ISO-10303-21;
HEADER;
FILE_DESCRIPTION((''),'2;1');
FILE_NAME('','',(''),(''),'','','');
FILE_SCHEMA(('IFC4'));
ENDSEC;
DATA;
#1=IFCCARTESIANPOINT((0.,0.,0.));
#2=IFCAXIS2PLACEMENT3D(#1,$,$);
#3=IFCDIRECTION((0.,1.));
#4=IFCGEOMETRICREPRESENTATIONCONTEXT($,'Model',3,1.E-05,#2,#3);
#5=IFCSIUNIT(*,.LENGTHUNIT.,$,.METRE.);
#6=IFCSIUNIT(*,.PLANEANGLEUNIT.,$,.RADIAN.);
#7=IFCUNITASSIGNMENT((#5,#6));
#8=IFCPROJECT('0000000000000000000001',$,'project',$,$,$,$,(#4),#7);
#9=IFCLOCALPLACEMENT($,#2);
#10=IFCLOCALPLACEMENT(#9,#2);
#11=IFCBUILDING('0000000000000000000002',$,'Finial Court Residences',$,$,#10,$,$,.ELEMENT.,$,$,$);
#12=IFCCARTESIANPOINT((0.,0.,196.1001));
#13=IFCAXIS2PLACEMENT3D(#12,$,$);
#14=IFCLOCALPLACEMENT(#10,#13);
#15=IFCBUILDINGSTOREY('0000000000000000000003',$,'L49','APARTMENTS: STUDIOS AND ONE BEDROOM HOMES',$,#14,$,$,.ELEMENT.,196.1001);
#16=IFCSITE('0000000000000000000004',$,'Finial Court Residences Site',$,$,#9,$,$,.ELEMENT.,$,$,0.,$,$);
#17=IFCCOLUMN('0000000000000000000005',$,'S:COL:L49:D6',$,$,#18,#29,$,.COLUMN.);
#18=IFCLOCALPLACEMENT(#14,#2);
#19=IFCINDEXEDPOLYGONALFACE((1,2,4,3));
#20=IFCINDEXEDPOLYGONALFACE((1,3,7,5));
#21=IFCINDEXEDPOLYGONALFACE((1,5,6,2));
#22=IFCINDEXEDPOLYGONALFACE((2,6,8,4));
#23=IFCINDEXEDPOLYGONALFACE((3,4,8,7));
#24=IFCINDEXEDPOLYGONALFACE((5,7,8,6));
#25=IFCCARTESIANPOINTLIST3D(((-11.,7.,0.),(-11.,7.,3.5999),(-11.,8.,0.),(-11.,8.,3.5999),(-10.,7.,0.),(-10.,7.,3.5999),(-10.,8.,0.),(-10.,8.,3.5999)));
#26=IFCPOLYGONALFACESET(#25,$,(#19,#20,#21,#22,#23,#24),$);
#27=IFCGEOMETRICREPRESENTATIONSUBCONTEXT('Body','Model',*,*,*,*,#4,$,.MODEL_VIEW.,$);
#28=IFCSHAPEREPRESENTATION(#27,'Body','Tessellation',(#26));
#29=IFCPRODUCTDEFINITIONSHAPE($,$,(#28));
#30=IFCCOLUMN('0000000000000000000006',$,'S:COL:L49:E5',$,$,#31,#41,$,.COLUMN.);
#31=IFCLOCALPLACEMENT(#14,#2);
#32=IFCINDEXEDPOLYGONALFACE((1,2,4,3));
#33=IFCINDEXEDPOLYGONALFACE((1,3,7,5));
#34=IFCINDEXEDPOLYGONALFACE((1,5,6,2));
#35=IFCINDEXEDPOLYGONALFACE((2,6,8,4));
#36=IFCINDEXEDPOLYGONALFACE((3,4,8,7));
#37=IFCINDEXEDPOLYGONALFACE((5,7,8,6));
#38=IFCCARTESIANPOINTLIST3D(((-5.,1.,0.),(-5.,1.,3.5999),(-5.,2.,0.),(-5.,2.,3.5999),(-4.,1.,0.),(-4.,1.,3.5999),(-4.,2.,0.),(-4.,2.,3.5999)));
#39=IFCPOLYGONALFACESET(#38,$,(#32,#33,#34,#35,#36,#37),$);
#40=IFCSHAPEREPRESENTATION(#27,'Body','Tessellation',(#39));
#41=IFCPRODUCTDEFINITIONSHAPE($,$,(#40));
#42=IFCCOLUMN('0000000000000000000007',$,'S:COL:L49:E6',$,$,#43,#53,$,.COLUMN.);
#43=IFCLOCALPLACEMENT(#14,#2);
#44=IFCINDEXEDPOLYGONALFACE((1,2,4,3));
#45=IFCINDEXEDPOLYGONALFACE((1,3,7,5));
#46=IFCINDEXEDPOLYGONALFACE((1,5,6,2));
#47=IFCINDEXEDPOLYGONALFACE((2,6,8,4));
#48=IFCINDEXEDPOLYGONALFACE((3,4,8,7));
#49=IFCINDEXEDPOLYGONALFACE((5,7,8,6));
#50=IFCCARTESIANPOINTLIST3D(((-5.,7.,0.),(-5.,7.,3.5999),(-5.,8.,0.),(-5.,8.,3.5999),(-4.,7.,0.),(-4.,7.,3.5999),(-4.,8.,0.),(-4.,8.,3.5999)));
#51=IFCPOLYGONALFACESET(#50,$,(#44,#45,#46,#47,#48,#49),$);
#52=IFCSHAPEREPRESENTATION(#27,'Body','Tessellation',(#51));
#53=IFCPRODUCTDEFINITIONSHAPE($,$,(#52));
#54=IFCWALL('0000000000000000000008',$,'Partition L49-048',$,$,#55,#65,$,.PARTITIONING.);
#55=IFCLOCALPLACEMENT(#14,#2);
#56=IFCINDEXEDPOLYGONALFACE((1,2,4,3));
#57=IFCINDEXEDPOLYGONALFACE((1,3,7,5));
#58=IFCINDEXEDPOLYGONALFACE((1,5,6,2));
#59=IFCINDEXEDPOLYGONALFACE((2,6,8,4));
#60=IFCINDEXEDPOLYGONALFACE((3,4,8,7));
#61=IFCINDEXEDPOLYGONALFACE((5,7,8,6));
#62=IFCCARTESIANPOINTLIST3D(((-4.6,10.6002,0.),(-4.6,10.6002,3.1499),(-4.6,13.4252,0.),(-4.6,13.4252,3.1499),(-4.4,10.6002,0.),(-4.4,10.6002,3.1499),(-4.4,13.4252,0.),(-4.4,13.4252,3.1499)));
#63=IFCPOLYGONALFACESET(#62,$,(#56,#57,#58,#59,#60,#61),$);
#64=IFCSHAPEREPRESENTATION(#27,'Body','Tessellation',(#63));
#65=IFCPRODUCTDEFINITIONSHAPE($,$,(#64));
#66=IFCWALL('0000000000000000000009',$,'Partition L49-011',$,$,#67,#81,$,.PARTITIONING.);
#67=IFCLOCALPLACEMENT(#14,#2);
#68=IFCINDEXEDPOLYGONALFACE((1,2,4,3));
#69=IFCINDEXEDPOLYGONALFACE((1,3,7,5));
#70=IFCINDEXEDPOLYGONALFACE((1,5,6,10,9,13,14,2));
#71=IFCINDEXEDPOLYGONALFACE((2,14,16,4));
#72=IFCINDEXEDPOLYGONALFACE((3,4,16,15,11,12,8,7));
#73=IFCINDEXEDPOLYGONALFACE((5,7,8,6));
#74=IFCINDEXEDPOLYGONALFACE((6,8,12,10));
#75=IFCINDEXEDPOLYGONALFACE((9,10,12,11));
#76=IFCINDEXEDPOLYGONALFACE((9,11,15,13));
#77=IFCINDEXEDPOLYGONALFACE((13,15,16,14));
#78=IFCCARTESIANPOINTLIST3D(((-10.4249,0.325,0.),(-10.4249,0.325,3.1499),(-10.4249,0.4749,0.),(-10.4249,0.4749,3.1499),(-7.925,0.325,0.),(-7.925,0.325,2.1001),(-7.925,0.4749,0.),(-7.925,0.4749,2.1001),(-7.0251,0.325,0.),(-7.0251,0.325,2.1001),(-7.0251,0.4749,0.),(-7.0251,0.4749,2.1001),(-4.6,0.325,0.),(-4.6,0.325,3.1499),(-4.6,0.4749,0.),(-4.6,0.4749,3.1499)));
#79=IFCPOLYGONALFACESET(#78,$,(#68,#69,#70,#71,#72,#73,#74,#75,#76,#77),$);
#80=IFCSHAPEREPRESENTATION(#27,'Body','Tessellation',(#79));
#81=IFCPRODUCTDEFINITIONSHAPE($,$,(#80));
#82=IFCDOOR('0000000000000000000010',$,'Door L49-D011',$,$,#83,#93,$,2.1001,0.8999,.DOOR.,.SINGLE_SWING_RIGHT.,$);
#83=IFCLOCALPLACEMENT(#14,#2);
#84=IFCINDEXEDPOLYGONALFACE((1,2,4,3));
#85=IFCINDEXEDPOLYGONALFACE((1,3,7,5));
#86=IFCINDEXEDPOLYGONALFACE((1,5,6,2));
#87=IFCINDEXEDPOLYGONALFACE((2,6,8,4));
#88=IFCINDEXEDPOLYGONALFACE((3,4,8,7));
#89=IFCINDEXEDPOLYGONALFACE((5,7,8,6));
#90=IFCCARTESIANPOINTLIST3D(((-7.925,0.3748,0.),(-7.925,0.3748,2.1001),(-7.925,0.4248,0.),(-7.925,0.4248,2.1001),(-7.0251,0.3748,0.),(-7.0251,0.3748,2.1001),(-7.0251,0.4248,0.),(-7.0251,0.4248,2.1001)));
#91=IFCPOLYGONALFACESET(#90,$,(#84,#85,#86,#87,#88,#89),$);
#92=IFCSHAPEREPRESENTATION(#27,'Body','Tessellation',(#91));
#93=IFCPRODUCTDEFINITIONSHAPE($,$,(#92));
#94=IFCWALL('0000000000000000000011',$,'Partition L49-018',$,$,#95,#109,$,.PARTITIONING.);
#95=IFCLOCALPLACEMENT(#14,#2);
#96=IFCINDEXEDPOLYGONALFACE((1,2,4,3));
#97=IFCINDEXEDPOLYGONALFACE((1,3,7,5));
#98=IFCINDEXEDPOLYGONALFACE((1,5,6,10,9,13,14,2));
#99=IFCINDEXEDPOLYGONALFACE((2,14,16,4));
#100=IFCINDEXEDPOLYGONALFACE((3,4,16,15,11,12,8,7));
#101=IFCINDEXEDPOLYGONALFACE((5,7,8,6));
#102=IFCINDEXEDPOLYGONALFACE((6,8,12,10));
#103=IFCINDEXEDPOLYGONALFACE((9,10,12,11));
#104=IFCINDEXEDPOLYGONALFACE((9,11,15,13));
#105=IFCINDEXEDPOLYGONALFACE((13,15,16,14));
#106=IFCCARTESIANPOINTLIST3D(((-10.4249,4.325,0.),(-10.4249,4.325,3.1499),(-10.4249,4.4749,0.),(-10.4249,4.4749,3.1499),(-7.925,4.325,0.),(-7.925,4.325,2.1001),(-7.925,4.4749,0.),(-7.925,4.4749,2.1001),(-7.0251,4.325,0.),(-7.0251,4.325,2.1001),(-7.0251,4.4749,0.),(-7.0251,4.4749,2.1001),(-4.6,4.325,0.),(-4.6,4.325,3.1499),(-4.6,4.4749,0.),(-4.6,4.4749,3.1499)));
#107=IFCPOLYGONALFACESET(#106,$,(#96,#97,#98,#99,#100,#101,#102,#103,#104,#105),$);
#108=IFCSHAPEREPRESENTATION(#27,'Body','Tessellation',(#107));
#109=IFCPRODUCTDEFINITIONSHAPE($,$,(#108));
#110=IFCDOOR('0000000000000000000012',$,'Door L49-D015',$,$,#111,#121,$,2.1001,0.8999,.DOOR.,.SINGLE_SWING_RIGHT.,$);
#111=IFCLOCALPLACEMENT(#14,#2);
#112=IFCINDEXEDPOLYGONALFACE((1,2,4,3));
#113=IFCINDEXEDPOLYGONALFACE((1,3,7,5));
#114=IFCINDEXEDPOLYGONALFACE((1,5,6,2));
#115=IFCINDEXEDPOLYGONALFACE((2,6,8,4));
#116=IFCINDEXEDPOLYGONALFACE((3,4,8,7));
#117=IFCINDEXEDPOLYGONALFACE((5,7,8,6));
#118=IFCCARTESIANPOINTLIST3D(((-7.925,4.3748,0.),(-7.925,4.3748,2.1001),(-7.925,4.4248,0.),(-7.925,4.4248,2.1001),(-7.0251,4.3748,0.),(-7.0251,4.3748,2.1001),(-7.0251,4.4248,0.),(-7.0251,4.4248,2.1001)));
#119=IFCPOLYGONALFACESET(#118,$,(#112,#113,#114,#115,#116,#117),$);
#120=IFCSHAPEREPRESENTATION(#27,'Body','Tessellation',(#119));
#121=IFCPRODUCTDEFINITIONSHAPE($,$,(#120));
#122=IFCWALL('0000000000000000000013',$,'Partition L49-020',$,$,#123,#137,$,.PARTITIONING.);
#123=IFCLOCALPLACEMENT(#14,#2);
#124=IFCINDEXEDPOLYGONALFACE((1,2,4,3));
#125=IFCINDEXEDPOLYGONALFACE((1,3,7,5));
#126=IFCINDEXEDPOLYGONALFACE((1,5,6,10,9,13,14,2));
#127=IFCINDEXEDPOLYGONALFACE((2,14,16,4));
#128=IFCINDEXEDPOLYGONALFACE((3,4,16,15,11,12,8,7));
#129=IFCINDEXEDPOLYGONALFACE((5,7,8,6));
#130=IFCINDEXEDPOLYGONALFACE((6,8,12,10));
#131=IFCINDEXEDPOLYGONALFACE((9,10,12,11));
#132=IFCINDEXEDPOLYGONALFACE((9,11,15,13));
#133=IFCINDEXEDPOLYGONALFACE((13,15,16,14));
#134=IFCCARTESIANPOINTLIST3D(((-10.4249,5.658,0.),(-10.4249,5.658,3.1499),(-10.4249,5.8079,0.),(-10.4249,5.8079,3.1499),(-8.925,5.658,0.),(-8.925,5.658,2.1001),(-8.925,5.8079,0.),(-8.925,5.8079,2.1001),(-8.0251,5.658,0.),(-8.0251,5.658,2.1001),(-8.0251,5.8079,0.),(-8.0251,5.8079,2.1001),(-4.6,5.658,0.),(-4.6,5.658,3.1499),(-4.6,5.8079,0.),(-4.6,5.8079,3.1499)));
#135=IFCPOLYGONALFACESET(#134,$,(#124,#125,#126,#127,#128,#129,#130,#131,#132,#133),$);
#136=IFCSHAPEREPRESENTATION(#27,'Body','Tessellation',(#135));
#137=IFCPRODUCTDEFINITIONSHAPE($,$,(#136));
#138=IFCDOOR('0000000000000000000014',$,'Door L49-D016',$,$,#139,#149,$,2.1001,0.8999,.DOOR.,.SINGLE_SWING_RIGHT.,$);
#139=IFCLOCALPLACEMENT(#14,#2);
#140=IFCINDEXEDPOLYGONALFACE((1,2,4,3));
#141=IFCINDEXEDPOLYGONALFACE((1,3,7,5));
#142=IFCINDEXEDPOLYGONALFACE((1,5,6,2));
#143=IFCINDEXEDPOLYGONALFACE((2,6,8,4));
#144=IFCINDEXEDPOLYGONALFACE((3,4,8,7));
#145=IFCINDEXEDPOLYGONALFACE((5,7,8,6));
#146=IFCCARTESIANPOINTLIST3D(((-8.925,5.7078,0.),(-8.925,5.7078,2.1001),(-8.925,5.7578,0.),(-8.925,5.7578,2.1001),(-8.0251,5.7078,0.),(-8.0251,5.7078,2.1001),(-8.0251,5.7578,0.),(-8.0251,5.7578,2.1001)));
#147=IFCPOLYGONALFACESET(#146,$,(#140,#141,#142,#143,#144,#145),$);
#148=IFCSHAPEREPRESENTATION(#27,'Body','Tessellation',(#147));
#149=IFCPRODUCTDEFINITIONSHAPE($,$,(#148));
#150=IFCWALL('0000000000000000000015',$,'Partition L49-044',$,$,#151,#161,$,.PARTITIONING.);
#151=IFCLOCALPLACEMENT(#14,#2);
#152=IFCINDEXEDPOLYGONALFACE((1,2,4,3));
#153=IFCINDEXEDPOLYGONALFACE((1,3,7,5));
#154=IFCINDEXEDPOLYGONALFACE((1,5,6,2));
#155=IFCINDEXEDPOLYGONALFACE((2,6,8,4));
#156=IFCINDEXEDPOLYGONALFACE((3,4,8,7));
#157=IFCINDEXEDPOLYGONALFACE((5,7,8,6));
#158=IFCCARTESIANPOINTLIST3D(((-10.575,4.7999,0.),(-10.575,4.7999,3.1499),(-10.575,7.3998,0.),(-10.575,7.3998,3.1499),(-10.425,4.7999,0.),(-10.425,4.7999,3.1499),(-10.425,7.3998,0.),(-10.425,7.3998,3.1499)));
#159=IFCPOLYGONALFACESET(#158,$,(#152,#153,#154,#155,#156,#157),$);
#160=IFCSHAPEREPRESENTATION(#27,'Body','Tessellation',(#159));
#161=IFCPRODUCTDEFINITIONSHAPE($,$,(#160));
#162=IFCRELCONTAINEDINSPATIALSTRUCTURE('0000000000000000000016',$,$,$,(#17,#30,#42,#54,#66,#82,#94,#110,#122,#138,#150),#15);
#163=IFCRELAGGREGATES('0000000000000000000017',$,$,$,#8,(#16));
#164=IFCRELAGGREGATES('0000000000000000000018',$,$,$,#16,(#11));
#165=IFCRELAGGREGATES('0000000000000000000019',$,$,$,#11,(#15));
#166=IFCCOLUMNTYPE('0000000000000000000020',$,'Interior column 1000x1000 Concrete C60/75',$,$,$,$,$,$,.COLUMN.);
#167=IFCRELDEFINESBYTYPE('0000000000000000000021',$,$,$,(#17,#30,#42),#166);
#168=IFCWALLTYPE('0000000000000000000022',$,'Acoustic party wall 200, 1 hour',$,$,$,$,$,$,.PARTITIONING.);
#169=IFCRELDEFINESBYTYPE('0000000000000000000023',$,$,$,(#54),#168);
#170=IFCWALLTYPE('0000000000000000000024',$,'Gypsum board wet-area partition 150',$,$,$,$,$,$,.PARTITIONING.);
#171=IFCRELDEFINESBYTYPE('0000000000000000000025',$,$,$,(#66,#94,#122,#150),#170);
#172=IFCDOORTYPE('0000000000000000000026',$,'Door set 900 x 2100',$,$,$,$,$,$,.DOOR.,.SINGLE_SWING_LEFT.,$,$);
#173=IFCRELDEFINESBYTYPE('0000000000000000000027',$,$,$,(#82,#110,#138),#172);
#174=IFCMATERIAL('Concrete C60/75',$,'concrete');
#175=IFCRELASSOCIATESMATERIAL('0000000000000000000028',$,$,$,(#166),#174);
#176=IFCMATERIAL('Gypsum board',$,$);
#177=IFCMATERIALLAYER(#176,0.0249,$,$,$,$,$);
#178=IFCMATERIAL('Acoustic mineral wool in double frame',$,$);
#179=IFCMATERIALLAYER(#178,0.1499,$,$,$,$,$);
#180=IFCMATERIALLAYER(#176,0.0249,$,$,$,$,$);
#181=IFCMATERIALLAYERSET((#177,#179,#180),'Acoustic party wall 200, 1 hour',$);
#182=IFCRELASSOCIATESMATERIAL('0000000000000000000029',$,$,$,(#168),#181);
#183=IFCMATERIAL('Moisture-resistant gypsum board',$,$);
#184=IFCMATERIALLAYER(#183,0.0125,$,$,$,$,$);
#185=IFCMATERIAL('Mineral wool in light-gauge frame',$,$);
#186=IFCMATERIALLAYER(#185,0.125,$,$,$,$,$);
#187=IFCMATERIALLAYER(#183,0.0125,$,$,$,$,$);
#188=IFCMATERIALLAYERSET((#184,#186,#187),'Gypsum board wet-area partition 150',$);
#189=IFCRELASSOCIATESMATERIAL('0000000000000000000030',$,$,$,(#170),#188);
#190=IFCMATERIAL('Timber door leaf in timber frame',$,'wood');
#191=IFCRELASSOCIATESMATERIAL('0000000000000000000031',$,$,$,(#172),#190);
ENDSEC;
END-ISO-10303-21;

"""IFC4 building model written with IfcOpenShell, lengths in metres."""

from ifc_helpers import new_model, si_unit, direction, frame, frame_2d, origin, origin_2d, place, context, subcontext, project, spatial, rectangle, extrude, material, layer, layer_set, material_profile, profile_set, type_object, element, fill, save


model = new_model("IFC4")

# Units and contexts
model_context = context("Model", 3, precision=1e-05, world=origin(), true_north=direction((0.0, 1.0)))
body_context = subcontext(model_context, "Body", "Model", "MODEL_VIEW")
ifc_project = project(units=[si_unit("LENGTHUNIT", "METRE"), si_unit("PLANEANGLEUNIT", "RADIAN")], contexts=[model_context])

# Site, building, storey
site_placement = place(None, origin())
site = spatial("IfcSite", under=ifc_project, at=site_placement, Name="Finial Court Residences Site", CompositionType="ELEMENT", RefElevation=0.0)
building_placement = place(site_placement, origin())
building = spatial("IfcBuilding", under=site, at=building_placement, Name="Finial Court Residences", CompositionType="ELEMENT")
storey_placement = place(building_placement, frame((0.0, 0.0, 196.1001)))
storey = spatial("IfcBuildingStorey", under=building, at=storey_placement, Name="L49", Description="APARTMENTS: STUDIOS AND ONE BEDROOM HOMES", CompositionType="ELEMENT", Elevation=196.1001)

# Columns
ifc_material_1 = material(Name="Concrete C60/75", Category="concrete")
ifc_material_profile = material_profile(ifc_material_1, rectangle(XDim=1.0, YDim=1.0, at=origin_2d()), Name="1000x1000")
ifc_profile_set = profile_set([ifc_material_profile], Name="Concrete C60/75")
column_type = type_object("IfcColumnType", Name="Interior column 1000x1000 Concrete C60/75", PredefinedType="COLUMN", material=ifc_profile_set)
for number, where, z_axis, x_axis, name in (
    (1, (-10.5, 7.5, 0.0), (0.0, 0.0, 1.0), (1.0, 0.0, 0.0), "S:COL:L49:D6"),
    (2, (-4.5, 1.5, 0.0), (0.0, 0.0, 1.0), (1.0, 0.0, 0.0), "S:COL:L49:E5"),
    (3, (-4.5, 7.5, 0.0), (0.0, 0.0, 1.0), (1.0, 0.0, 0.0), "S:COL:L49:E6"),
):
    element("IfcColumn", number, at=place(storey_placement, frame(where, z_axis=z_axis, x_axis=x_axis)), inside=storey, type_object=column_type, Name=name, PredefinedType="COLUMN", context=body_context, shape_type="SweptSolid", body=[
        extrude(rectangle(XDim=1.0, YDim=1.0, at=origin_2d()), origin(), (0.0, 0.0, 1.0), 3.5999),
    ])

# Wall
ifc_material_2 = material(Name="Gypsum board")
ifc_layer_1 = layer(ifc_material_2, 0.0249)
ifc_material_3 = material(Name="Acoustic mineral wool in double frame")
ifc_layer_2 = layer(ifc_material_3, 0.1499)
ifc_layer_3 = layer(ifc_material_2, 0.0249)
ifc_layer_set_1 = layer_set([ifc_layer_1, ifc_layer_2, ifc_layer_3], Name="Acoustic party wall 200, 1 hour")
wall_type_1 = type_object("IfcWallType", Name="Acoustic party wall 200, 1 hour", PredefinedType="PARTITIONING", material=ifc_layer_set_1)
wall_1_placement = place(storey_placement, frame((-4.5, 10.6001, 0.0), z_axis=(0.0, 0.0, 1.0), x_axis=(0.0, 1.0, 0.0)))
element("IfcWall", 4, at=wall_1_placement, inside=storey, type_object=wall_type_1, Name="Partition L49-048", PredefinedType="PARTITIONING", context=body_context, shape_type="SweptSolid", body=[
    extrude(rectangle(XDim=2.825, YDim=0.2, at=frame_2d((1.4126, 0.0))), origin(), (0.0, 0.0, 1.0), 3.1499),
])

# Walls, openings, doors
ifc_material_4 = material(Name="Moisture-resistant gypsum board")
ifc_layer_4 = layer(ifc_material_4, 0.0125)
ifc_material_5 = material(Name="Mineral wool in light-gauge frame")
ifc_layer_5 = layer(ifc_material_5, 0.125)
ifc_layer_6 = layer(ifc_material_4, 0.0125)
ifc_layer_set_2 = layer_set([ifc_layer_4, ifc_layer_5, ifc_layer_6], Name="Gypsum board wet-area partition 150")
wall_type_2 = type_object("IfcWallType", Name="Gypsum board wet-area partition 150", PredefinedType="PARTITIONING", material=ifc_layer_set_2)
wall_2_placement = place(storey_placement, frame((-10.425, 0.3999, 0.0), z_axis=(0.0, 0.0, 1.0), x_axis=(1.0, 0.0, 0.0)))
wall_2 = element("IfcWall", 5, at=wall_2_placement, inside=storey, type_object=wall_type_2, Name="Partition L49-011", PredefinedType="PARTITIONING", context=body_context, shape_type="SweptSolid", body=[
    extrude(rectangle(XDim=5.825, YDim=0.1499, at=frame_2d((2.9126, 0.0))), origin(), (0.0, 0.0, 1.0), 3.1499),
])
opening_1_placement = place(wall_2_placement, frame((2.5, 0.0, 0.0)))
opening_1 = element("IfcOpeningElement", 6, at=opening_1_placement, cuts=wall_2, PredefinedType="OPENING", context=body_context, shape_type="SweptSolid", body=[
    extrude(rectangle(XDim=0.8999, YDim=2.1001, at=frame_2d((0.45, 1.05))), frame((0.0, 0.085, 0.0), z_axis=(0.0, -1.0, 0.0), x_axis=(1.0, 0.0, 0.0)), (0.0, 0.0, 1.0), 0.1699),
])
ifc_material_6 = material(Name="Timber door leaf in timber frame", Category="wood")
door_type = type_object("IfcDoorType", Name="Door set 900 x 2100", OperationType="SINGLE_SWING_LEFT", PredefinedType="DOOR", material=ifc_material_6)
door_1_placement = place(opening_1_placement, origin())
door_1 = element("IfcDoor", 7, at=door_1_placement, inside=storey, type_object=door_type, Name="Door L49-D011", OperationType="SINGLE_SWING_RIGHT", OverallHeight=2.1001, OverallWidth=0.8999, PredefinedType="DOOR", context=body_context, shape_type="SweptSolid", body=[
    extrude(rectangle(XDim=0.8999, YDim=2.1001, at=frame_2d((0.45, 1.05))), frame((0.0, 0.0249, 0.0), z_axis=(0.0, -1.0, 0.0), x_axis=(1.0, 0.0, 0.0)), (0.0, 0.0, 1.0), 0.05),
])
fill(opening_1, door_1)
wall_3_placement = place(storey_placement, frame((-10.425, 4.3999, 0.0), z_axis=(0.0, 0.0, 1.0), x_axis=(1.0, 0.0, 0.0)))
wall_3 = element("IfcWall", 8, at=wall_3_placement, inside=storey, type_object=wall_type_2, Name="Partition L49-018", PredefinedType="PARTITIONING", context=body_context, shape_type="SweptSolid", body=[
    extrude(rectangle(XDim=5.825, YDim=0.1499, at=frame_2d((2.9126, 0.0))), origin(), (0.0, 0.0, 1.0), 3.1499),
])
opening_2_placement = place(wall_3_placement, frame((2.5, 0.0, 0.0)))
opening_2 = element("IfcOpeningElement", 9, at=opening_2_placement, cuts=wall_3, PredefinedType="OPENING", context=body_context, shape_type="SweptSolid", body=[
    extrude(rectangle(XDim=0.8999, YDim=2.1001, at=frame_2d((0.45, 1.05))), frame((0.0, 0.085, 0.0), z_axis=(0.0, -1.0, 0.0), x_axis=(1.0, 0.0, 0.0)), (0.0, 0.0, 1.0), 0.1699),
])
door_2_placement = place(opening_2_placement, origin())
door_2 = element("IfcDoor", 10, at=door_2_placement, inside=storey, type_object=door_type, Name="Door L49-D015", OperationType="SINGLE_SWING_RIGHT", OverallHeight=2.1001, OverallWidth=0.8999, PredefinedType="DOOR", context=body_context, shape_type="SweptSolid", body=[
    extrude(rectangle(XDim=0.8999, YDim=2.1001, at=frame_2d((0.45, 1.05))), frame((0.0, 0.0249, 0.0), z_axis=(0.0, -1.0, 0.0), x_axis=(1.0, 0.0, 0.0)), (0.0, 0.0, 1.0), 0.05),
])
fill(opening_2, door_2)
wall_4_placement = place(storey_placement, frame((-10.425, 5.7329, 0.0), z_axis=(0.0, 0.0, 1.0), x_axis=(1.0, 0.0, 0.0)))
wall_4 = element("IfcWall", 11, at=wall_4_placement, inside=storey, type_object=wall_type_2, Name="Partition L49-020", PredefinedType="PARTITIONING", context=body_context, shape_type="SweptSolid", body=[
    extrude(rectangle(XDim=5.825, YDim=0.1499, at=frame_2d((2.9126, 0.0))), origin(), (0.0, 0.0, 1.0), 3.1499),
])
opening_3_placement = place(wall_4_placement, frame((1.5, 0.0, 0.0)))
opening_3 = element("IfcOpeningElement", 12, at=opening_3_placement, cuts=wall_4, PredefinedType="OPENING", context=body_context, shape_type="SweptSolid", body=[
    extrude(rectangle(XDim=0.8999, YDim=2.1001, at=frame_2d((0.45, 1.05))), frame((0.0, 0.085, 0.0), z_axis=(0.0, -1.0, 0.0), x_axis=(1.0, 0.0, 0.0)), (0.0, 0.0, 1.0), 0.1699),
])
door_3_placement = place(opening_3_placement, origin())
door_3 = element("IfcDoor", 13, at=door_3_placement, inside=storey, type_object=door_type, Name="Door L49-D016", OperationType="SINGLE_SWING_RIGHT", OverallHeight=2.1001, OverallWidth=0.8999, PredefinedType="DOOR", context=body_context, shape_type="SweptSolid", body=[
    extrude(rectangle(XDim=0.8999, YDim=2.1001, at=frame_2d((0.45, 1.05))), frame((0.0, 0.0249, 0.0), z_axis=(0.0, -1.0, 0.0), x_axis=(1.0, 0.0, 0.0)), (0.0, 0.0, 1.0), 0.05),
])
fill(opening_3, door_3)

# Wall
wall_5_placement = place(storey_placement, frame((-10.5, 4.8, 0.0), z_axis=(0.0, 0.0, 1.0), x_axis=(0.0, 1.0, 0.0)))
element("IfcWall", 14, at=wall_5_placement, inside=storey, type_object=wall_type_2, Name="Partition L49-044", PredefinedType="PARTITIONING", context=body_context, shape_type="SweptSolid", body=[
    extrude(rectangle(XDim=2.5999, YDim=0.1499, at=frame_2d((1.2998, 0.0))), origin(), (0.0, 0.0, 1.0), 3.1499),
])

save(model, "model.ifc")
